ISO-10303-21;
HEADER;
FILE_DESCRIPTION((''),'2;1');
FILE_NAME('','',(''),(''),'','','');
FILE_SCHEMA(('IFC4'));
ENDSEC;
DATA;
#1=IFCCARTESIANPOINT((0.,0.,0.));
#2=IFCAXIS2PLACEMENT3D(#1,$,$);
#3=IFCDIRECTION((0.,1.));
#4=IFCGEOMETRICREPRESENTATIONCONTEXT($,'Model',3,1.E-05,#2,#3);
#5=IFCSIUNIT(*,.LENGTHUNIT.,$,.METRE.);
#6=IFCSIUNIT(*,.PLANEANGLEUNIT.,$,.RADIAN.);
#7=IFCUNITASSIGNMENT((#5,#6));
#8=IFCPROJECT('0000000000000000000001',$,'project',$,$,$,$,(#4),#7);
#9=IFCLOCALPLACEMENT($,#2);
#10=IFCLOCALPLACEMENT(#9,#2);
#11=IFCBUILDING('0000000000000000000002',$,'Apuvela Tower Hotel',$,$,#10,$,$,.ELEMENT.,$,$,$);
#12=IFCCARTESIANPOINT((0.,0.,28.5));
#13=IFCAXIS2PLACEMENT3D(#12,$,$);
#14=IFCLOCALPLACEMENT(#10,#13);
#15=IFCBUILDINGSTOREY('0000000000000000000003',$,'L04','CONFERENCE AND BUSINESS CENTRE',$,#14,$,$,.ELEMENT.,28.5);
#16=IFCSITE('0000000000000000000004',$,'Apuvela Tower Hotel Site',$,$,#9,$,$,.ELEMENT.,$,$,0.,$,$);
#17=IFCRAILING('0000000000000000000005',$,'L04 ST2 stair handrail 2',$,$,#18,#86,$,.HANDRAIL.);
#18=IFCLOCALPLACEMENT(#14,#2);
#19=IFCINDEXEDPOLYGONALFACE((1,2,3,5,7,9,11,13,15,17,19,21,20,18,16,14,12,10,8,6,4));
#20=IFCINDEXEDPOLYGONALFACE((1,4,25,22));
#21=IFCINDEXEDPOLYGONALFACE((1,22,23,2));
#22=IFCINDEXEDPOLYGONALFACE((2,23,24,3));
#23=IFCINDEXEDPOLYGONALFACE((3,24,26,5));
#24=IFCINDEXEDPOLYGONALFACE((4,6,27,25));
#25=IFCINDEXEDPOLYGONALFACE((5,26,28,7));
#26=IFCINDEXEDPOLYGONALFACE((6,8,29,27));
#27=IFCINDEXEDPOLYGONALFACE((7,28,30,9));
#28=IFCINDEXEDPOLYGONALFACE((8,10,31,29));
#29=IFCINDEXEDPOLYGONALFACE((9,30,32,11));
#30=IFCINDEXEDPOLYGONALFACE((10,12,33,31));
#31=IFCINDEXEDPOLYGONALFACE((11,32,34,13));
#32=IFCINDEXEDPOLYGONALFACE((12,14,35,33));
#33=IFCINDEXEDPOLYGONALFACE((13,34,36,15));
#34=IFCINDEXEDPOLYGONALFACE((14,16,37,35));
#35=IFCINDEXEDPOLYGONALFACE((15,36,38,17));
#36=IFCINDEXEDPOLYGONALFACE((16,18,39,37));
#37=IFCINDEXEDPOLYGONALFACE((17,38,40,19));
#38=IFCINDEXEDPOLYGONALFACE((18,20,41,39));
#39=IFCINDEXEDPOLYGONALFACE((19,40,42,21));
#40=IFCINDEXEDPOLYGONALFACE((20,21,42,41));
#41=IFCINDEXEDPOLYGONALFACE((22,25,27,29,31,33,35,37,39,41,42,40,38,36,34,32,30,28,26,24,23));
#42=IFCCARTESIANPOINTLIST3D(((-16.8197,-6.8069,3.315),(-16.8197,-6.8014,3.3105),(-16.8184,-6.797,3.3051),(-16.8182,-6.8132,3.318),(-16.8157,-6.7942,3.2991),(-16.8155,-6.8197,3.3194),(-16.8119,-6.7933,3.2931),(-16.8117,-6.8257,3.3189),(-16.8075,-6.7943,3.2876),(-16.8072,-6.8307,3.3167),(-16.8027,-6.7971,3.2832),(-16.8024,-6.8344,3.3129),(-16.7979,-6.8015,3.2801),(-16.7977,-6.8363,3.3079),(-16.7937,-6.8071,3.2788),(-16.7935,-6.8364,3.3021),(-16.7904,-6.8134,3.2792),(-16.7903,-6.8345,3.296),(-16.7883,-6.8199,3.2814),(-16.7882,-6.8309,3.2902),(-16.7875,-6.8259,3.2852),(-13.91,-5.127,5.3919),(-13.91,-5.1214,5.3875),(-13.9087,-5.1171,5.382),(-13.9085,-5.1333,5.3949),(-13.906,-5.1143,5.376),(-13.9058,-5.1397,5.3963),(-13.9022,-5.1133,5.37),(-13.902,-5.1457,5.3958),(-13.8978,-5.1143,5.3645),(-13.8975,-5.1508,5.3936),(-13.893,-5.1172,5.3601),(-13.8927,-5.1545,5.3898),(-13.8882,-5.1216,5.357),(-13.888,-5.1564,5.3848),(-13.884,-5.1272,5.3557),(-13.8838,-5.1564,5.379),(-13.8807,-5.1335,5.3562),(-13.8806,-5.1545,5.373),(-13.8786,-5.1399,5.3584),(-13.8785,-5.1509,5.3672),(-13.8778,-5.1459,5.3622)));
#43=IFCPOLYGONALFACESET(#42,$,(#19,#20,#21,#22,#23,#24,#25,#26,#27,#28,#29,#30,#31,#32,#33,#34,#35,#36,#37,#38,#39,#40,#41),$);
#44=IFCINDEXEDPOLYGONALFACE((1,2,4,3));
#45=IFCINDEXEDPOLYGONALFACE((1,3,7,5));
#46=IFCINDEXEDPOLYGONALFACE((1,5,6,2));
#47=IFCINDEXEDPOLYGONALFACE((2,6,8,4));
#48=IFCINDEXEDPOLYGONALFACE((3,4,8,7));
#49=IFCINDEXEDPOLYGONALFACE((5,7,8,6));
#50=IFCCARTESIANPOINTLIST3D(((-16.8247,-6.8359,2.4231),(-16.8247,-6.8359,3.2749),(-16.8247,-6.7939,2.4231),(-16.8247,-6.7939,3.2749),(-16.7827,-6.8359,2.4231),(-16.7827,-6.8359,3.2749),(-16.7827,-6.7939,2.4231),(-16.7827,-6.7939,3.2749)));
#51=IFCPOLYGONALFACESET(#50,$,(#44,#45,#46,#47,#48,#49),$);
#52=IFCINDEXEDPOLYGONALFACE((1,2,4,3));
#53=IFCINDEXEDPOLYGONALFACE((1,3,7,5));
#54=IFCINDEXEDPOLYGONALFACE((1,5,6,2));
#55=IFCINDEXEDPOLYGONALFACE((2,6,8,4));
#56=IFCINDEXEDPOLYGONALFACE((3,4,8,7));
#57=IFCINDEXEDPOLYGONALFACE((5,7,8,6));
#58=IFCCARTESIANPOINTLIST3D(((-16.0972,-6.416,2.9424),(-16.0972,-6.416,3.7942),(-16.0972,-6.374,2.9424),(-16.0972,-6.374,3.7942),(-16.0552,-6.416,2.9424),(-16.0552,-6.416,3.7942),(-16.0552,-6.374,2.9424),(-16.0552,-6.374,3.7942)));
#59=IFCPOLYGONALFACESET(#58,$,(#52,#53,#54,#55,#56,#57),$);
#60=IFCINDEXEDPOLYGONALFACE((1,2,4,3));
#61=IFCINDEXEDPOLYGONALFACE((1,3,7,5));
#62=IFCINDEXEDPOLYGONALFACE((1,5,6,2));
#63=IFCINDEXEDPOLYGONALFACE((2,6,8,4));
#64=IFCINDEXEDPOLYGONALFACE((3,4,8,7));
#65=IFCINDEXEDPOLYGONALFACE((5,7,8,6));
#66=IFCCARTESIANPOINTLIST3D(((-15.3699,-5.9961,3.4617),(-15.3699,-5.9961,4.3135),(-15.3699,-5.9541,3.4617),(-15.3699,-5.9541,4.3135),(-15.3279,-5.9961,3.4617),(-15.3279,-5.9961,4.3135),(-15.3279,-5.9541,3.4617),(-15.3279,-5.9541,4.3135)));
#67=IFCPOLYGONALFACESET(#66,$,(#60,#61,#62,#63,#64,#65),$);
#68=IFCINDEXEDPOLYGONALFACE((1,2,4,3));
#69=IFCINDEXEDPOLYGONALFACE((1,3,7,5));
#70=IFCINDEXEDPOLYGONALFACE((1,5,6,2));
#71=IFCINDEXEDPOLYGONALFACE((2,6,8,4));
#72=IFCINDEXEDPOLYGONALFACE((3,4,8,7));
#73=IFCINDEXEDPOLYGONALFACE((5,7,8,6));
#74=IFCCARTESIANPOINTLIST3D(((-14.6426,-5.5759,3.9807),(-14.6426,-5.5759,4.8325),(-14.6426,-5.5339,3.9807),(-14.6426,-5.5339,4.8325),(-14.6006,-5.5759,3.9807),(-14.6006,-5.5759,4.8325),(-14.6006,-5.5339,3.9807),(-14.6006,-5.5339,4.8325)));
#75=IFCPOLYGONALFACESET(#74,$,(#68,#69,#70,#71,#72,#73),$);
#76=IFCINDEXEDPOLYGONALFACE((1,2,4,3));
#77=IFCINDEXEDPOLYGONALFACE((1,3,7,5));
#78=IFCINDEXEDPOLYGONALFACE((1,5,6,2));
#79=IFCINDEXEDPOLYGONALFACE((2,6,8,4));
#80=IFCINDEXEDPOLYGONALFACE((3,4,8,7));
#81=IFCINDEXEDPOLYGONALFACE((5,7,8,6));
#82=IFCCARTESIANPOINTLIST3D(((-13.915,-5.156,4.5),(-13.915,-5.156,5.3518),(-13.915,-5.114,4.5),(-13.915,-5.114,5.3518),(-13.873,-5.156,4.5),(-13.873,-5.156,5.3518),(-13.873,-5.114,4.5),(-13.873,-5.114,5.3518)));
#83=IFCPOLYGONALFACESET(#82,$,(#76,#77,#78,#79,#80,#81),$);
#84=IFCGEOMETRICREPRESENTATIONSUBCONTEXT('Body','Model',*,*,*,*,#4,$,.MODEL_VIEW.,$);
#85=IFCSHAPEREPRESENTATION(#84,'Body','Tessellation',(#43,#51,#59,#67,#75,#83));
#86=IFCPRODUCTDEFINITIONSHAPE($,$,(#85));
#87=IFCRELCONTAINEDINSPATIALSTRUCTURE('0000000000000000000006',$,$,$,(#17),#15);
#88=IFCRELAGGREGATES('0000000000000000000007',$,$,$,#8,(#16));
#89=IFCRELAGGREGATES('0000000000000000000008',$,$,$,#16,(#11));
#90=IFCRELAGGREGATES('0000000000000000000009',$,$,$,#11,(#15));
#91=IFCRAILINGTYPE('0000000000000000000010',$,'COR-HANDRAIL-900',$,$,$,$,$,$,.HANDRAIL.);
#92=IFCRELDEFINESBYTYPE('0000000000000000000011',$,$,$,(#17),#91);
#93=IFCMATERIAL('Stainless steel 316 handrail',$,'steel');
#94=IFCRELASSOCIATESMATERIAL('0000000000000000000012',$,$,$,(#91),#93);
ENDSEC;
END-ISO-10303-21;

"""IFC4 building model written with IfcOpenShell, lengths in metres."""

from ifc_helpers import new_model, si_unit, direction, frame, origin, origin_2d, place, context, subcontext, project, spatial, rectangle, circle, extrude, material, type_object, element, save


model = new_model("IFC4")

# Units and contexts
model_context = context("Model", 3, precision=1e-05, world=origin(), true_north=direction((0.0, 1.0)))
body_context = subcontext(model_context, "Body", "Model", "MODEL_VIEW")
ifc_project = project(units=[si_unit("LENGTHUNIT", "METRE"), si_unit("PLANEANGLEUNIT", "RADIAN")], contexts=[model_context])

# Site, building, storey
site_placement = place(None, origin())
site = spatial("IfcSite", under=ifc_project, at=site_placement, Name="Apuvela Tower Hotel Site", CompositionType="ELEMENT", RefElevation=0.0)
building_placement = place(site_placement, origin())
building = spatial("IfcBuilding", under=site, at=building_placement, Name="Apuvela Tower Hotel", CompositionType="ELEMENT")
storey_placement = place(building_placement, frame((0.0, 0.0, 28.5)))
storey = spatial("IfcBuildingStorey", under=building, at=storey_placement, Name="L04", Description="CONFERENCE AND BUSINESS CENTRE", CompositionType="ELEMENT", Elevation=28.5)

# Railing
ifc_material_1 = material(Name="Stainless steel 316 handrail", Category="steel")
railing_type_1 = type_object("IfcRailingType", Name="COR-HANDRAIL-900", PredefinedType="HANDRAIL", material=ifc_material_1)
railing_1_placement = place(storey_placement, frame((-16.8037, -6.8149, 2.4231)))
element("IfcRailing", 1, at=railing_1_placement, inside=storey, type_object=railing_type_1, Name="L04 ST2 stair handrail 2", PredefinedType="HANDRAIL", context=body_context, shape_type="SweptSolid", body=[
    extrude(circle(Radius=0.0239, at=origin_2d()), frame((0.0, 0.0, 0.876), z_axis=(0.73664, 0.425308, 0.525809), x_axis=(-0.500008, 0.866021, 0.0)), (0.0, 0.0, 1.0), 3.95),
    extrude(rectangle(XDim=0.042, YDim=0.042, at=origin_2d()), origin(), (0.0, 0.0, 1.0), 0.8518),
    extrude(rectangle(XDim=0.042, YDim=0.042, at=origin_2d()), frame((0.7275, 0.4199, 0.5193)), (0.0, 0.0, 1.0), 0.8518),
    extrude(rectangle(XDim=0.042, YDim=0.042, at=origin_2d()), frame((1.4548, 0.8398, 1.0386)), (0.0, 0.0, 1.0), 0.8518),
    extrude(rectangle(XDim=0.042, YDim=0.042, at=origin_2d()), frame((2.1821, 1.26, 1.5576)), (0.0, 0.0, 1.0), 0.8518),
    extrude(rectangle(XDim=0.042, YDim=0.042, at=origin_2d()), frame((2.9097, 1.6799, 2.0769)), (0.0, 0.0, 1.0), 0.8518),
])

save(model, "model.ifc")
